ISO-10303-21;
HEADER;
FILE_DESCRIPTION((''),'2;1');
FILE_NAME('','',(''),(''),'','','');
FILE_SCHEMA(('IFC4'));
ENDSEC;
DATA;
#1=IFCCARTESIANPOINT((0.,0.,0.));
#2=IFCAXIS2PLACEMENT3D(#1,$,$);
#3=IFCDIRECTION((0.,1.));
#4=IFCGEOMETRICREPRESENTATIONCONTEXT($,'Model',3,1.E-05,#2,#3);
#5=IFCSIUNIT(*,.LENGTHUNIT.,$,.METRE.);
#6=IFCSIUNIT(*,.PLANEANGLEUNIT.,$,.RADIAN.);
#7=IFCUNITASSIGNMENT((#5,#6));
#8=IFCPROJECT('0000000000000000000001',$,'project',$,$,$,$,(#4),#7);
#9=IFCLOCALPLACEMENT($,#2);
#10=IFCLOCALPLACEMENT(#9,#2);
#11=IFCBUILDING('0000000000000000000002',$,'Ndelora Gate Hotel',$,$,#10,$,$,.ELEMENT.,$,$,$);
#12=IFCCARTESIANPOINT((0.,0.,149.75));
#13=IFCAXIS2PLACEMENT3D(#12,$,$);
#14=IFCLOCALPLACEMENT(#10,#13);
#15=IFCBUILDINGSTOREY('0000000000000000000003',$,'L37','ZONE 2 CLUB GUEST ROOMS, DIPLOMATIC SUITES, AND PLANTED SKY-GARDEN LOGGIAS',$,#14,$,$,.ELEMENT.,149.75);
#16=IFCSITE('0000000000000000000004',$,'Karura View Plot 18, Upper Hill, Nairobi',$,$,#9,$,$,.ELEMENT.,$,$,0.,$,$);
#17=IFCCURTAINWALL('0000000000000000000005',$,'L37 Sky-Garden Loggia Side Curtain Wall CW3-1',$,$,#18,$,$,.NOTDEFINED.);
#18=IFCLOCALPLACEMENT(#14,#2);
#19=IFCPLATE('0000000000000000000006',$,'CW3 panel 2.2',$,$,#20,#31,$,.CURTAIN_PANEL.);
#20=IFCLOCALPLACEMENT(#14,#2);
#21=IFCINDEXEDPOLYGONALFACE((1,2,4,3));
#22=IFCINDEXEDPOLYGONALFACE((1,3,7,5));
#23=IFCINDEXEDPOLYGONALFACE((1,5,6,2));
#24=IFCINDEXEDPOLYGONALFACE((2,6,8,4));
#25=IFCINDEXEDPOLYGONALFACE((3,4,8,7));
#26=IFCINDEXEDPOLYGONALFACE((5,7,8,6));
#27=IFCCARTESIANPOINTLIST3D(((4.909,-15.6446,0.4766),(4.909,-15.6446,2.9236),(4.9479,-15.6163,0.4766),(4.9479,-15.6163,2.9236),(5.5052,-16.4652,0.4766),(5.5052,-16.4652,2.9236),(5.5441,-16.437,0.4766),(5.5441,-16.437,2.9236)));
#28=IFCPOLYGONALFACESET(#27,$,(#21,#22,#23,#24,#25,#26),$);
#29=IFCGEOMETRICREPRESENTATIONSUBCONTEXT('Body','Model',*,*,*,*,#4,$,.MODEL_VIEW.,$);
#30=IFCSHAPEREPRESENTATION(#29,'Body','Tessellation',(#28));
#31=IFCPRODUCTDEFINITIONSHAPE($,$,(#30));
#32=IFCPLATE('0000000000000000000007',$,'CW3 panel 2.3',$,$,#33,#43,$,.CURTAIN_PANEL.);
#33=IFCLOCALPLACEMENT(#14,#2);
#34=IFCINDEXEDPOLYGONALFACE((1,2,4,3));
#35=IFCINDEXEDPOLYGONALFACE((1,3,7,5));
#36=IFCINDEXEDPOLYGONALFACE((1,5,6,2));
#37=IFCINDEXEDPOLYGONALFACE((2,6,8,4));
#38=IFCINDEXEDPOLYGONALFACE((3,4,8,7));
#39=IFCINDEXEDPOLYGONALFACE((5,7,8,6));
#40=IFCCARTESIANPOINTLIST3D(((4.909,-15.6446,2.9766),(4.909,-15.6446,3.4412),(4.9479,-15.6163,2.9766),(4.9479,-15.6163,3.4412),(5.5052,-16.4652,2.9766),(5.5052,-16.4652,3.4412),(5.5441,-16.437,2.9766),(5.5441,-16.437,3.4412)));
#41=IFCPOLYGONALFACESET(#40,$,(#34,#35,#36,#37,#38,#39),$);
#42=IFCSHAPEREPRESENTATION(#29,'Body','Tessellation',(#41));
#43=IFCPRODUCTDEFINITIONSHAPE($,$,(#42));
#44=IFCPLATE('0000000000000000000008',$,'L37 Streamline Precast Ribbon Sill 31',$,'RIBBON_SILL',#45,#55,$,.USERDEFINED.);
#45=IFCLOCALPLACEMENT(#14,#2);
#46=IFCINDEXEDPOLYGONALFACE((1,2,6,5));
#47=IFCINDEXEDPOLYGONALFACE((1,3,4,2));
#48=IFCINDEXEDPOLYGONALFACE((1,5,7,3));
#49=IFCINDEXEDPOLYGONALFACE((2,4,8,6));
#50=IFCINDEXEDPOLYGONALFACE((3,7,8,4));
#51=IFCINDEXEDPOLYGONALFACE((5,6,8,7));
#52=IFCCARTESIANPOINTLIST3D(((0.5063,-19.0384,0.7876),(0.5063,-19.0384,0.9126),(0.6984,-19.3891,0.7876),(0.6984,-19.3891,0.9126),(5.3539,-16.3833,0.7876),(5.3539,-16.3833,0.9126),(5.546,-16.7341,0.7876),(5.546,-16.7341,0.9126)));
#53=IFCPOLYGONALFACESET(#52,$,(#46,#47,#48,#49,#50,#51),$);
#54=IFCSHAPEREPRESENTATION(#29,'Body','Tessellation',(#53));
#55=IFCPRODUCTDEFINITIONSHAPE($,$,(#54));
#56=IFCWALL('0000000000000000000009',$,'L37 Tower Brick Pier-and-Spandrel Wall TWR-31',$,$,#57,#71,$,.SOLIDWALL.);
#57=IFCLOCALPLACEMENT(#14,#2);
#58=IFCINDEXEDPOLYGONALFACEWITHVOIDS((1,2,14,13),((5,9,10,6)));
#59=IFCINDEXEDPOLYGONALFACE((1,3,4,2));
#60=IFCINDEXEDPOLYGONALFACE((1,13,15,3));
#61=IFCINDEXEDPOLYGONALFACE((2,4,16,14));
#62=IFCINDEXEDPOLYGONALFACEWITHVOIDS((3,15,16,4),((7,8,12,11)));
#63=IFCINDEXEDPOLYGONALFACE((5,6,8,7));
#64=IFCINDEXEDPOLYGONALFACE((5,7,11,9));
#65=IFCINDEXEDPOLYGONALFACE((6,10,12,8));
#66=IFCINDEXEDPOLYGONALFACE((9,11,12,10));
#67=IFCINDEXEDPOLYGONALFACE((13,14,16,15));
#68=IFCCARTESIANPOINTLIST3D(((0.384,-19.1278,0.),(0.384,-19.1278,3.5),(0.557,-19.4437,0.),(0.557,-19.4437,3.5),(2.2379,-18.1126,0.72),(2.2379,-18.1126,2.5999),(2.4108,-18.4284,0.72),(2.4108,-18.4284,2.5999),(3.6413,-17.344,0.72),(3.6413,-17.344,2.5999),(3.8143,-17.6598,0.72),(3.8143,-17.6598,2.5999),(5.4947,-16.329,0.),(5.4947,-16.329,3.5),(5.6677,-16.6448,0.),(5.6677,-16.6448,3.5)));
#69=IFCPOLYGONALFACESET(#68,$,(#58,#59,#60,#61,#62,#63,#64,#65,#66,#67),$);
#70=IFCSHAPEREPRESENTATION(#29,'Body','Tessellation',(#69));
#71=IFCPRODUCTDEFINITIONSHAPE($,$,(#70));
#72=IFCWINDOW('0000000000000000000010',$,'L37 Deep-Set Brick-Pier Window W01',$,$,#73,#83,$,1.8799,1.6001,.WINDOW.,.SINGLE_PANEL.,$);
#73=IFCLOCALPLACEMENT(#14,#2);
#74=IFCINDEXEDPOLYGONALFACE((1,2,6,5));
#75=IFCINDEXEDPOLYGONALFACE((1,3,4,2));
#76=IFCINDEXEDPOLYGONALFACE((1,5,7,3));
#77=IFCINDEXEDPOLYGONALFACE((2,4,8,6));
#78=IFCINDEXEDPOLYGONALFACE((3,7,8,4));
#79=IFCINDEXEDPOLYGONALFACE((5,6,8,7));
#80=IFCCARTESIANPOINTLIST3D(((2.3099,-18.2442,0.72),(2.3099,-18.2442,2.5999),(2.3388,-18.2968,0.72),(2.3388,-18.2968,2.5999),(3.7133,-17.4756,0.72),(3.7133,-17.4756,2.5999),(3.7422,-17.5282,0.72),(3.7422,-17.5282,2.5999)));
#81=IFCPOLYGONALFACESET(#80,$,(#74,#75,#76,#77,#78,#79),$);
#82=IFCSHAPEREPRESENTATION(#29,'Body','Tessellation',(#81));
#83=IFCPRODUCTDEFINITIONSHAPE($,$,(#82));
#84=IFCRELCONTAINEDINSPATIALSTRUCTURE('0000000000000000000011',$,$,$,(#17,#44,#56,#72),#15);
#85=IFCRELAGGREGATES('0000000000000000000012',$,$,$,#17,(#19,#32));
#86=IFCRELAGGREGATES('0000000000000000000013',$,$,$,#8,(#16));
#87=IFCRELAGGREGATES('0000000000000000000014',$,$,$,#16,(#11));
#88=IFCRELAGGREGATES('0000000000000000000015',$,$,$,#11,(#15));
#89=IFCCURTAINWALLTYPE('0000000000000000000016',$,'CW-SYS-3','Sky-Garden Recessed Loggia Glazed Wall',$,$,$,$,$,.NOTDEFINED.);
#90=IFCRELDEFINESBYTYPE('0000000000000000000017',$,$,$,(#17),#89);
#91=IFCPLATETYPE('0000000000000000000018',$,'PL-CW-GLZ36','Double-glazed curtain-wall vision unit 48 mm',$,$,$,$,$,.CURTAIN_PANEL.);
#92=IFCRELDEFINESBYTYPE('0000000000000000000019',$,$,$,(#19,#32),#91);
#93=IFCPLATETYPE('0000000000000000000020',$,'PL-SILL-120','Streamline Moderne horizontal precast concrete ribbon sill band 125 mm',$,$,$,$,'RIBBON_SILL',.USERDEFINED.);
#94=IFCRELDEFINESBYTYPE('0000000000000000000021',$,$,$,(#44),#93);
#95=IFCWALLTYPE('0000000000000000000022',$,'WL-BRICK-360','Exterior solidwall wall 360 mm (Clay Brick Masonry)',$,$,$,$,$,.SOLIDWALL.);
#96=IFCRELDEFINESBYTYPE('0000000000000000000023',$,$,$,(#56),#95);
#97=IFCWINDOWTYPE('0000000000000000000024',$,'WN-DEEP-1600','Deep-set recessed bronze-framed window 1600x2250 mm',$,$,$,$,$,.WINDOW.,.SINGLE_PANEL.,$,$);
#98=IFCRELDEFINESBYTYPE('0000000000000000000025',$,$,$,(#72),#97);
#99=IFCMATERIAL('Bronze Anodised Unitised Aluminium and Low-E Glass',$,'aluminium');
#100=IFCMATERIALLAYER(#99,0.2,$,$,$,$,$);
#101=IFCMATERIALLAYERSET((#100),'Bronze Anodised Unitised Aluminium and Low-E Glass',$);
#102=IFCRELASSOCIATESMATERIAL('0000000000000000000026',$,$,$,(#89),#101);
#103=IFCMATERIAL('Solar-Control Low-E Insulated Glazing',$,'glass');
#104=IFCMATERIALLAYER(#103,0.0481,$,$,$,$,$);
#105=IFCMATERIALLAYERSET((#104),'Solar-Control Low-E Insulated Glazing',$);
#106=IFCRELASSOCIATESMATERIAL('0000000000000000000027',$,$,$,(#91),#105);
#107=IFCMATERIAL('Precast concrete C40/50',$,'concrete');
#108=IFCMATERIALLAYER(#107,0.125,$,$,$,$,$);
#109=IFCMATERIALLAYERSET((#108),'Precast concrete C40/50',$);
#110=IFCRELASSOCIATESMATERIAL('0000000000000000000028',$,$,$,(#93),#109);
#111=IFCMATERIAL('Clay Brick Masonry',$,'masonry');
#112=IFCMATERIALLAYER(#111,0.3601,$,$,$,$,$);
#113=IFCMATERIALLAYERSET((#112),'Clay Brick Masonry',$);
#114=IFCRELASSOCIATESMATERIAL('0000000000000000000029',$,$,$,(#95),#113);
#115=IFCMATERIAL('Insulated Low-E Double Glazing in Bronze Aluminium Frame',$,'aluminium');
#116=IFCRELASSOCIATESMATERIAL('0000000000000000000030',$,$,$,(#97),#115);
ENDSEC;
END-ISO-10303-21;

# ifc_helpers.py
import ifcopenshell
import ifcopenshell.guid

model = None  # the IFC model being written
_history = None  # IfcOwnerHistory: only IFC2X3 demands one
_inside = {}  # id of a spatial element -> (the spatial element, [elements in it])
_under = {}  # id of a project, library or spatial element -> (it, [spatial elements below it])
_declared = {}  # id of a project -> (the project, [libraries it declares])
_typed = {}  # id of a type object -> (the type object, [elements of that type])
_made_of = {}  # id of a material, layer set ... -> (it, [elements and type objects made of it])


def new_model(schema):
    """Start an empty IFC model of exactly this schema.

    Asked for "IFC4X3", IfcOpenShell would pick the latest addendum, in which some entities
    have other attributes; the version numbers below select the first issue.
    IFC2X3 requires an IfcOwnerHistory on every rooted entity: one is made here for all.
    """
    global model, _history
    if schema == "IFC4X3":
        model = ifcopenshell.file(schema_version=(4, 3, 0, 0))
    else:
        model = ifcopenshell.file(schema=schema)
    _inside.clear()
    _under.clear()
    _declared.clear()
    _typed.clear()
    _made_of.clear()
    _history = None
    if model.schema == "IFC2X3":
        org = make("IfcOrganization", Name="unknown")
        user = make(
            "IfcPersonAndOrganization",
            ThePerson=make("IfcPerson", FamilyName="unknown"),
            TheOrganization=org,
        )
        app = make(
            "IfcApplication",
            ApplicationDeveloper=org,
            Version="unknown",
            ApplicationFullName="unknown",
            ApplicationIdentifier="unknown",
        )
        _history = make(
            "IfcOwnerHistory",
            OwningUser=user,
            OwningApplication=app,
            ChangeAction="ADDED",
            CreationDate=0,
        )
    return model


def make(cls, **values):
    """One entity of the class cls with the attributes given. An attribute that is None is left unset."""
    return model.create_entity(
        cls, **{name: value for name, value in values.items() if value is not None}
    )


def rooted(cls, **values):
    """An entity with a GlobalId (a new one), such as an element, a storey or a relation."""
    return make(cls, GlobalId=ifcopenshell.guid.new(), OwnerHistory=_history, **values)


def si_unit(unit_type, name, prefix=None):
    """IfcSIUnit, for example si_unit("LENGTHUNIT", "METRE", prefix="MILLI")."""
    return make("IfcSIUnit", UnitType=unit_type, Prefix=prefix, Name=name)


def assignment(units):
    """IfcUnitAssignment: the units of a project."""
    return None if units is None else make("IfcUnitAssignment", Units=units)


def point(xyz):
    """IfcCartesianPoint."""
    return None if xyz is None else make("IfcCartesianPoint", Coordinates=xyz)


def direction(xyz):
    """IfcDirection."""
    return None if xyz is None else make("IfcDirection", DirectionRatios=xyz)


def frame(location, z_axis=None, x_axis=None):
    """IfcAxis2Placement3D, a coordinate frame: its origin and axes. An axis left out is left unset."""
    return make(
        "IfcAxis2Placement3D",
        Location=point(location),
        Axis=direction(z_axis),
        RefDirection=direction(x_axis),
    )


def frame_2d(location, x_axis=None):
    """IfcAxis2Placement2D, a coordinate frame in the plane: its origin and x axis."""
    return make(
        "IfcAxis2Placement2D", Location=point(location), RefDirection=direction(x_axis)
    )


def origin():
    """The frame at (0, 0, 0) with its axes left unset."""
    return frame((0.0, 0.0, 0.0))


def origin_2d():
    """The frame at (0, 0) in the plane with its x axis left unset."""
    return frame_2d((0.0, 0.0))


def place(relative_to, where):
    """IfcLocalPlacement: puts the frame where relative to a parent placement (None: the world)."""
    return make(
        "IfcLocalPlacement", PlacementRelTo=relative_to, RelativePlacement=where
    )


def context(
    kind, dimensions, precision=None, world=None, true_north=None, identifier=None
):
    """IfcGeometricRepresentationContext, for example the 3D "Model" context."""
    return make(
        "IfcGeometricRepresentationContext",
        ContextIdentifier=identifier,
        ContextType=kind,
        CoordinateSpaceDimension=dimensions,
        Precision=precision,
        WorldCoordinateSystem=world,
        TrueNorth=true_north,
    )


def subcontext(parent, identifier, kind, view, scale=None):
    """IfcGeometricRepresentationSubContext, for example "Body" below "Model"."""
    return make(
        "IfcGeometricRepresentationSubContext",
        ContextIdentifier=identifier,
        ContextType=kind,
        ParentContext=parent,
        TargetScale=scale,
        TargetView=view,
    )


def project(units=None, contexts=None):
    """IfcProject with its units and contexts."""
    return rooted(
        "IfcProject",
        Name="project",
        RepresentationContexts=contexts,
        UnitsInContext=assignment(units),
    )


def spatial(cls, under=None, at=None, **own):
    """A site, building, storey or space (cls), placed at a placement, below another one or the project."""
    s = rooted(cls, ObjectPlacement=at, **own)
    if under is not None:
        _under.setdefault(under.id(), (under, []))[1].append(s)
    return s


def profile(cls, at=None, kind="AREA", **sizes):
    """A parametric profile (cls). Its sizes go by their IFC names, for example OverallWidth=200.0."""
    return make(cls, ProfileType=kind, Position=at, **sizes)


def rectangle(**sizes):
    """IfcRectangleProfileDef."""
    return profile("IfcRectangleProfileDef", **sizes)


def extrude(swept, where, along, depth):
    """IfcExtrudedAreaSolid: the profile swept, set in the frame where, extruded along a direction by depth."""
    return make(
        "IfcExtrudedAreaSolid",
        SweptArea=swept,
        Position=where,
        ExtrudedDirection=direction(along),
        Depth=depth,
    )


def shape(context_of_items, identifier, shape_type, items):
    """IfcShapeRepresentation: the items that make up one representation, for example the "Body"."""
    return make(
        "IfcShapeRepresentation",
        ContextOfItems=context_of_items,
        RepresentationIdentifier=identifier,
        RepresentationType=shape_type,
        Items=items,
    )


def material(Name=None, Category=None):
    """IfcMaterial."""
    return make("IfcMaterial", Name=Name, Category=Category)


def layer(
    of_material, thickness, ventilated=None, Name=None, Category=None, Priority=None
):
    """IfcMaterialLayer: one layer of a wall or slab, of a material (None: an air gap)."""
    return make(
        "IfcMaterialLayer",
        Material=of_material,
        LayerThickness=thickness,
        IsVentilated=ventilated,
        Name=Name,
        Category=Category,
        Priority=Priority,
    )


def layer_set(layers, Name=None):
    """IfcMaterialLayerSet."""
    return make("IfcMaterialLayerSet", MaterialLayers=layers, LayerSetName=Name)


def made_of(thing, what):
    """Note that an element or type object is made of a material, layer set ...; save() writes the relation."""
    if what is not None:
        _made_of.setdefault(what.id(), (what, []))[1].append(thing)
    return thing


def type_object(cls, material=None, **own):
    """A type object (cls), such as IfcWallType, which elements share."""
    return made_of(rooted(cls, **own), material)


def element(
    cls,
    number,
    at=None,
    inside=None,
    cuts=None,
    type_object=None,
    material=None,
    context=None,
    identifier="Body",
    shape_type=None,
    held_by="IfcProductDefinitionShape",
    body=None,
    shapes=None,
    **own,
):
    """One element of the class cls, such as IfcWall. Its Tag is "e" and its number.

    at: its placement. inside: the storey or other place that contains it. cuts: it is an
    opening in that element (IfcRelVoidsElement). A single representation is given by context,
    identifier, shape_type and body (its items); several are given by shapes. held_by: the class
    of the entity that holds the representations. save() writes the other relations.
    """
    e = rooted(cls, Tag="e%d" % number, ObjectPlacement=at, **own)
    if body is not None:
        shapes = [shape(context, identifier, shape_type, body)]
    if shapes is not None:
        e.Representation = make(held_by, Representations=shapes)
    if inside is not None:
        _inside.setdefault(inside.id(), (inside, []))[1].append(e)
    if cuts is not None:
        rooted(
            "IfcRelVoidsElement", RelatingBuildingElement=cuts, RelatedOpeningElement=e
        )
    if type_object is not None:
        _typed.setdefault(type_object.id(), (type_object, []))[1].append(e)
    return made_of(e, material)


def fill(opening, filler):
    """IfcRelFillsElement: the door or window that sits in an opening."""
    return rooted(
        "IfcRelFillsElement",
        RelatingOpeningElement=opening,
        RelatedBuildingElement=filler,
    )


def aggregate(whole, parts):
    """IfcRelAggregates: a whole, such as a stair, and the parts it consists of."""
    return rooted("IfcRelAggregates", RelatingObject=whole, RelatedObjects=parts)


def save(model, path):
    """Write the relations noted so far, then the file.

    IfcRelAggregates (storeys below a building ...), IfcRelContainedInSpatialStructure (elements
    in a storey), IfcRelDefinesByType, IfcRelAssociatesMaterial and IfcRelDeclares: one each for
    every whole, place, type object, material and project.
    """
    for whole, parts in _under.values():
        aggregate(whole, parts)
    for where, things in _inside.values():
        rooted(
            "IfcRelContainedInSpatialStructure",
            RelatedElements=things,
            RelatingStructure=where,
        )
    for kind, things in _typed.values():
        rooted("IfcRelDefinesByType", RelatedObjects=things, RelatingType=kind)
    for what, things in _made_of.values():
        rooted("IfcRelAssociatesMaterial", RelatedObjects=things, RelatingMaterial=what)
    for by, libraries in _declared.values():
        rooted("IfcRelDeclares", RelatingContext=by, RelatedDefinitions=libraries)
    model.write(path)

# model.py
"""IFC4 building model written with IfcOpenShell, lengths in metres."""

from ifc_helpers import new_model, si_unit, direction, frame, frame_2d, origin, origin_2d, place, context, subcontext, project, spatial, rectangle, extrude, material, layer, layer_set, type_object, element, fill, aggregate, save


model = new_model("IFC4")

# Units and contexts
model_context = context("Model", 3, precision=1e-05, world=origin(), true_north=direction((0.0, 1.0)))
body_context = subcontext(model_context, "Body", "Model", "MODEL_VIEW")
ifc_project = project(units=[si_unit("LENGTHUNIT", "METRE"), si_unit("PLANEANGLEUNIT", "RADIAN")], contexts=[model_context])

# Site, building, storey
site_placement = place(None, origin())
site = spatial("IfcSite", under=ifc_project, at=site_placement, Name="Karura View Plot 18, Upper Hill, Nairobi", CompositionType="ELEMENT", RefElevation=0.0)
building_placement = place(site_placement, origin())
building = spatial("IfcBuilding", under=site, at=building_placement, Name="Ndelora Gate Hotel", CompositionType="ELEMENT")
storey_placement = place(building_placement, frame((0.0, 0.0, 149.75)))
storey = spatial("IfcBuildingStorey", under=building, at=storey_placement, Name="L37", Description="ZONE 2 CLUB GUEST ROOMS, DIPLOMATIC SUITES, AND PLANTED SKY-GARDEN LOGGIAS", CompositionType="ELEMENT", Elevation=149.75)

# Curtain wall, plates
ifc_material_1 = material(Name="Bronze Anodised Unitised Aluminium and Low-E Glass", Category="aluminium")
ifc_layer_1 = layer(ifc_material_1, 0.2)
ifc_layer_set_1 = layer_set([ifc_layer_1], Name="Bronze Anodised Unitised Aluminium and Low-E Glass")
curtain_wall_type = type_object("IfcCurtainWallType", Name="CW-SYS-3", Description="Sky-Garden Recessed Loggia Glazed Wall", PredefinedType="NOTDEFINED", material=ifc_layer_set_1)
curtain_wall_placement = place(storey_placement, origin())
curtain_wall = element("IfcCurtainWall", 1, at=curtain_wall_placement, inside=storey, type_object=curtain_wall_type, Name="L37 Sky-Garden Loggia Side Curtain Wall CW3-1", PredefinedType="NOTDEFINED")
ifc_material_2 = material(Name="Solar-Control Low-E Insulated Glazing", Category="glass")
ifc_layer_2 = layer(ifc_material_2, 0.0481)
ifc_layer_set_2 = layer_set([ifc_layer_2], Name="Solar-Control Low-E Insulated Glazing")
plate_type_1 = type_object("IfcPlateType", Name="PL-CW-GLZ36", Description="Double-glazed curtain-wall vision unit 48 mm", PredefinedType="CURTAIN_PANEL", material=ifc_layer_set_2)
plate_1_placement = place(storey_placement, frame((5.2266, -16.0408, 0.4766), z_axis=(0.0, 0.0, 1.0), x_axis=(0.587785, -0.809017, 0.0)))
plate_1 = element("IfcPlate", 2, at=plate_1_placement, type_object=plate_type_1, Name="CW3 panel 2.2", PredefinedType="CURTAIN_PANEL", context=body_context, shape_type="SweptSolid", body=[
    extrude(rectangle(XDim=1.0144, YDim=0.0481, at=origin_2d()), origin(), (0.0, 0.0, 1.0), 2.447),
])
plate_2_placement = place(storey_placement, frame((5.2266, -16.0408, 2.9766), z_axis=(0.0, 0.0, 1.0), x_axis=(0.587785, -0.809017, 0.0)))
plate_2 = element("IfcPlate", 3, at=plate_2_placement, type_object=plate_type_1, Name="CW3 panel 2.3", PredefinedType="CURTAIN_PANEL", context=body_context, shape_type="SweptSolid", body=[
    extrude(rectangle(XDim=1.0144, YDim=0.0481, at=origin_2d()), origin(), (0.0, 0.0, 1.0), 0.4646),
])
aggregate(curtain_wall, [plate_1, plate_2])

# Plate
ifc_material_3 = material(Name="Precast concrete C40/50", Category="concrete")
ifc_layer_3 = layer(ifc_material_3, 0.125)
ifc_layer_set_3 = layer_set([ifc_layer_3], Name="Precast concrete C40/50")
plate_type_2 = type_object("IfcPlateType", Name="PL-SILL-120", Description="Streamline Moderne horizontal precast concrete ribbon sill band 125 mm", ElementType="RIBBON_SILL", PredefinedType="USERDEFINED", material=ifc_layer_set_3)
plate_3_placement = place(storey_placement, frame((3.0261, -17.8862, 0.7876), z_axis=(0.0, 0.0, 1.0), x_axis=(0.877062, 0.480377, 0.0)))
element("IfcPlate", 4, at=plate_3_placement, inside=storey, type_object=plate_type_2, Name="L37 Streamline Precast Ribbon Sill 31", ObjectType="RIBBON_SILL", PredefinedType="USERDEFINED", context=body_context, shape_type="SweptSolid", body=[
    extrude(rectangle(XDim=5.5271, YDim=0.3999, at=origin_2d()), origin(), (0.0, 0.0, 1.0), 0.125),
])

# Wall, opening, window
ifc_material_4 = material(Name="Clay Brick Masonry", Category="masonry")
ifc_layer_4 = layer(ifc_material_4, 0.3601)
ifc_layer_set_4 = layer_set([ifc_layer_4], Name="Clay Brick Masonry")
wall_type = type_object("IfcWallType", Name="WL-BRICK-360", Description="Exterior solidwall wall 360 mm (Clay Brick Masonry)", PredefinedType="SOLIDWALL", material=ifc_layer_set_4)
wall_placement = place(storey_placement, frame((5.5813, -16.4868, 0.0), z_axis=(0.0, 0.0, 1.0), x_axis=(-0.877084, -0.480337, 0.0)))
wall = element("IfcWall", 5, at=wall_placement, inside=storey, type_object=wall_type, Name="L37 Tower Brick Pier-and-Spandrel Wall TWR-31", PredefinedType="SOLIDWALL", context=body_context, shape_type="SweptSolid", body=[
    extrude(rectangle(XDim=5.8269, YDim=0.3601, at=frame_2d((2.9136, 0.0))), origin(), (0.0, 0.0, 1.0), 3.5),
])
opening_placement = place(wall_placement, frame((2.1133, 0.0, 0.72)))
opening = element("IfcOpeningElement", 6, at=opening_placement, cuts=wall, PredefinedType="OPENING", context=body_context, shape_type="SweptSolid", body=[
    extrude(rectangle(XDim=1.6001, YDim=1.8799, at=frame_2d((0.8, 0.9399))), frame((0.0, 0.1899, 0.0), z_axis=(0.0, -1.0, 0.0), x_axis=(1.0, 0.0, 0.0)), (0.0, 0.0, 1.0), 0.3801),
])
ifc_material_5 = material(Name="Insulated Low-E Double Glazing in Bronze Aluminium Frame", Category="aluminium")
window_type = type_object("IfcWindowType", Name="WN-DEEP-1600", Description="Deep-set recessed bronze-framed window 1600x2250 mm", PartitioningType="SINGLE_PANEL", PredefinedType="WINDOW", material=ifc_material_5)
window_placement = place(opening_placement, origin())
window = element("IfcWindow", 7, at=window_placement, inside=storey, type_object=window_type, Name="L37 Deep-Set Brick-Pier Window W01", OverallHeight=1.8799, OverallWidth=1.6001, PartitioningType="SINGLE_PANEL", PredefinedType="WINDOW", context=body_context, shape_type="SweptSolid", body=[
    extrude(rectangle(XDim=1.6001, YDim=1.8799, at=frame_2d((0.8, 0.9399))), frame((0.0, 0.03, 0.0), z_axis=(0.0, -1.0, 0.0), x_axis=(1.0, 0.0, 0.0)), (0.0, 0.0, 1.0), 0.0601),
])
fill(opening, window)

save(model, "model.ifc")
